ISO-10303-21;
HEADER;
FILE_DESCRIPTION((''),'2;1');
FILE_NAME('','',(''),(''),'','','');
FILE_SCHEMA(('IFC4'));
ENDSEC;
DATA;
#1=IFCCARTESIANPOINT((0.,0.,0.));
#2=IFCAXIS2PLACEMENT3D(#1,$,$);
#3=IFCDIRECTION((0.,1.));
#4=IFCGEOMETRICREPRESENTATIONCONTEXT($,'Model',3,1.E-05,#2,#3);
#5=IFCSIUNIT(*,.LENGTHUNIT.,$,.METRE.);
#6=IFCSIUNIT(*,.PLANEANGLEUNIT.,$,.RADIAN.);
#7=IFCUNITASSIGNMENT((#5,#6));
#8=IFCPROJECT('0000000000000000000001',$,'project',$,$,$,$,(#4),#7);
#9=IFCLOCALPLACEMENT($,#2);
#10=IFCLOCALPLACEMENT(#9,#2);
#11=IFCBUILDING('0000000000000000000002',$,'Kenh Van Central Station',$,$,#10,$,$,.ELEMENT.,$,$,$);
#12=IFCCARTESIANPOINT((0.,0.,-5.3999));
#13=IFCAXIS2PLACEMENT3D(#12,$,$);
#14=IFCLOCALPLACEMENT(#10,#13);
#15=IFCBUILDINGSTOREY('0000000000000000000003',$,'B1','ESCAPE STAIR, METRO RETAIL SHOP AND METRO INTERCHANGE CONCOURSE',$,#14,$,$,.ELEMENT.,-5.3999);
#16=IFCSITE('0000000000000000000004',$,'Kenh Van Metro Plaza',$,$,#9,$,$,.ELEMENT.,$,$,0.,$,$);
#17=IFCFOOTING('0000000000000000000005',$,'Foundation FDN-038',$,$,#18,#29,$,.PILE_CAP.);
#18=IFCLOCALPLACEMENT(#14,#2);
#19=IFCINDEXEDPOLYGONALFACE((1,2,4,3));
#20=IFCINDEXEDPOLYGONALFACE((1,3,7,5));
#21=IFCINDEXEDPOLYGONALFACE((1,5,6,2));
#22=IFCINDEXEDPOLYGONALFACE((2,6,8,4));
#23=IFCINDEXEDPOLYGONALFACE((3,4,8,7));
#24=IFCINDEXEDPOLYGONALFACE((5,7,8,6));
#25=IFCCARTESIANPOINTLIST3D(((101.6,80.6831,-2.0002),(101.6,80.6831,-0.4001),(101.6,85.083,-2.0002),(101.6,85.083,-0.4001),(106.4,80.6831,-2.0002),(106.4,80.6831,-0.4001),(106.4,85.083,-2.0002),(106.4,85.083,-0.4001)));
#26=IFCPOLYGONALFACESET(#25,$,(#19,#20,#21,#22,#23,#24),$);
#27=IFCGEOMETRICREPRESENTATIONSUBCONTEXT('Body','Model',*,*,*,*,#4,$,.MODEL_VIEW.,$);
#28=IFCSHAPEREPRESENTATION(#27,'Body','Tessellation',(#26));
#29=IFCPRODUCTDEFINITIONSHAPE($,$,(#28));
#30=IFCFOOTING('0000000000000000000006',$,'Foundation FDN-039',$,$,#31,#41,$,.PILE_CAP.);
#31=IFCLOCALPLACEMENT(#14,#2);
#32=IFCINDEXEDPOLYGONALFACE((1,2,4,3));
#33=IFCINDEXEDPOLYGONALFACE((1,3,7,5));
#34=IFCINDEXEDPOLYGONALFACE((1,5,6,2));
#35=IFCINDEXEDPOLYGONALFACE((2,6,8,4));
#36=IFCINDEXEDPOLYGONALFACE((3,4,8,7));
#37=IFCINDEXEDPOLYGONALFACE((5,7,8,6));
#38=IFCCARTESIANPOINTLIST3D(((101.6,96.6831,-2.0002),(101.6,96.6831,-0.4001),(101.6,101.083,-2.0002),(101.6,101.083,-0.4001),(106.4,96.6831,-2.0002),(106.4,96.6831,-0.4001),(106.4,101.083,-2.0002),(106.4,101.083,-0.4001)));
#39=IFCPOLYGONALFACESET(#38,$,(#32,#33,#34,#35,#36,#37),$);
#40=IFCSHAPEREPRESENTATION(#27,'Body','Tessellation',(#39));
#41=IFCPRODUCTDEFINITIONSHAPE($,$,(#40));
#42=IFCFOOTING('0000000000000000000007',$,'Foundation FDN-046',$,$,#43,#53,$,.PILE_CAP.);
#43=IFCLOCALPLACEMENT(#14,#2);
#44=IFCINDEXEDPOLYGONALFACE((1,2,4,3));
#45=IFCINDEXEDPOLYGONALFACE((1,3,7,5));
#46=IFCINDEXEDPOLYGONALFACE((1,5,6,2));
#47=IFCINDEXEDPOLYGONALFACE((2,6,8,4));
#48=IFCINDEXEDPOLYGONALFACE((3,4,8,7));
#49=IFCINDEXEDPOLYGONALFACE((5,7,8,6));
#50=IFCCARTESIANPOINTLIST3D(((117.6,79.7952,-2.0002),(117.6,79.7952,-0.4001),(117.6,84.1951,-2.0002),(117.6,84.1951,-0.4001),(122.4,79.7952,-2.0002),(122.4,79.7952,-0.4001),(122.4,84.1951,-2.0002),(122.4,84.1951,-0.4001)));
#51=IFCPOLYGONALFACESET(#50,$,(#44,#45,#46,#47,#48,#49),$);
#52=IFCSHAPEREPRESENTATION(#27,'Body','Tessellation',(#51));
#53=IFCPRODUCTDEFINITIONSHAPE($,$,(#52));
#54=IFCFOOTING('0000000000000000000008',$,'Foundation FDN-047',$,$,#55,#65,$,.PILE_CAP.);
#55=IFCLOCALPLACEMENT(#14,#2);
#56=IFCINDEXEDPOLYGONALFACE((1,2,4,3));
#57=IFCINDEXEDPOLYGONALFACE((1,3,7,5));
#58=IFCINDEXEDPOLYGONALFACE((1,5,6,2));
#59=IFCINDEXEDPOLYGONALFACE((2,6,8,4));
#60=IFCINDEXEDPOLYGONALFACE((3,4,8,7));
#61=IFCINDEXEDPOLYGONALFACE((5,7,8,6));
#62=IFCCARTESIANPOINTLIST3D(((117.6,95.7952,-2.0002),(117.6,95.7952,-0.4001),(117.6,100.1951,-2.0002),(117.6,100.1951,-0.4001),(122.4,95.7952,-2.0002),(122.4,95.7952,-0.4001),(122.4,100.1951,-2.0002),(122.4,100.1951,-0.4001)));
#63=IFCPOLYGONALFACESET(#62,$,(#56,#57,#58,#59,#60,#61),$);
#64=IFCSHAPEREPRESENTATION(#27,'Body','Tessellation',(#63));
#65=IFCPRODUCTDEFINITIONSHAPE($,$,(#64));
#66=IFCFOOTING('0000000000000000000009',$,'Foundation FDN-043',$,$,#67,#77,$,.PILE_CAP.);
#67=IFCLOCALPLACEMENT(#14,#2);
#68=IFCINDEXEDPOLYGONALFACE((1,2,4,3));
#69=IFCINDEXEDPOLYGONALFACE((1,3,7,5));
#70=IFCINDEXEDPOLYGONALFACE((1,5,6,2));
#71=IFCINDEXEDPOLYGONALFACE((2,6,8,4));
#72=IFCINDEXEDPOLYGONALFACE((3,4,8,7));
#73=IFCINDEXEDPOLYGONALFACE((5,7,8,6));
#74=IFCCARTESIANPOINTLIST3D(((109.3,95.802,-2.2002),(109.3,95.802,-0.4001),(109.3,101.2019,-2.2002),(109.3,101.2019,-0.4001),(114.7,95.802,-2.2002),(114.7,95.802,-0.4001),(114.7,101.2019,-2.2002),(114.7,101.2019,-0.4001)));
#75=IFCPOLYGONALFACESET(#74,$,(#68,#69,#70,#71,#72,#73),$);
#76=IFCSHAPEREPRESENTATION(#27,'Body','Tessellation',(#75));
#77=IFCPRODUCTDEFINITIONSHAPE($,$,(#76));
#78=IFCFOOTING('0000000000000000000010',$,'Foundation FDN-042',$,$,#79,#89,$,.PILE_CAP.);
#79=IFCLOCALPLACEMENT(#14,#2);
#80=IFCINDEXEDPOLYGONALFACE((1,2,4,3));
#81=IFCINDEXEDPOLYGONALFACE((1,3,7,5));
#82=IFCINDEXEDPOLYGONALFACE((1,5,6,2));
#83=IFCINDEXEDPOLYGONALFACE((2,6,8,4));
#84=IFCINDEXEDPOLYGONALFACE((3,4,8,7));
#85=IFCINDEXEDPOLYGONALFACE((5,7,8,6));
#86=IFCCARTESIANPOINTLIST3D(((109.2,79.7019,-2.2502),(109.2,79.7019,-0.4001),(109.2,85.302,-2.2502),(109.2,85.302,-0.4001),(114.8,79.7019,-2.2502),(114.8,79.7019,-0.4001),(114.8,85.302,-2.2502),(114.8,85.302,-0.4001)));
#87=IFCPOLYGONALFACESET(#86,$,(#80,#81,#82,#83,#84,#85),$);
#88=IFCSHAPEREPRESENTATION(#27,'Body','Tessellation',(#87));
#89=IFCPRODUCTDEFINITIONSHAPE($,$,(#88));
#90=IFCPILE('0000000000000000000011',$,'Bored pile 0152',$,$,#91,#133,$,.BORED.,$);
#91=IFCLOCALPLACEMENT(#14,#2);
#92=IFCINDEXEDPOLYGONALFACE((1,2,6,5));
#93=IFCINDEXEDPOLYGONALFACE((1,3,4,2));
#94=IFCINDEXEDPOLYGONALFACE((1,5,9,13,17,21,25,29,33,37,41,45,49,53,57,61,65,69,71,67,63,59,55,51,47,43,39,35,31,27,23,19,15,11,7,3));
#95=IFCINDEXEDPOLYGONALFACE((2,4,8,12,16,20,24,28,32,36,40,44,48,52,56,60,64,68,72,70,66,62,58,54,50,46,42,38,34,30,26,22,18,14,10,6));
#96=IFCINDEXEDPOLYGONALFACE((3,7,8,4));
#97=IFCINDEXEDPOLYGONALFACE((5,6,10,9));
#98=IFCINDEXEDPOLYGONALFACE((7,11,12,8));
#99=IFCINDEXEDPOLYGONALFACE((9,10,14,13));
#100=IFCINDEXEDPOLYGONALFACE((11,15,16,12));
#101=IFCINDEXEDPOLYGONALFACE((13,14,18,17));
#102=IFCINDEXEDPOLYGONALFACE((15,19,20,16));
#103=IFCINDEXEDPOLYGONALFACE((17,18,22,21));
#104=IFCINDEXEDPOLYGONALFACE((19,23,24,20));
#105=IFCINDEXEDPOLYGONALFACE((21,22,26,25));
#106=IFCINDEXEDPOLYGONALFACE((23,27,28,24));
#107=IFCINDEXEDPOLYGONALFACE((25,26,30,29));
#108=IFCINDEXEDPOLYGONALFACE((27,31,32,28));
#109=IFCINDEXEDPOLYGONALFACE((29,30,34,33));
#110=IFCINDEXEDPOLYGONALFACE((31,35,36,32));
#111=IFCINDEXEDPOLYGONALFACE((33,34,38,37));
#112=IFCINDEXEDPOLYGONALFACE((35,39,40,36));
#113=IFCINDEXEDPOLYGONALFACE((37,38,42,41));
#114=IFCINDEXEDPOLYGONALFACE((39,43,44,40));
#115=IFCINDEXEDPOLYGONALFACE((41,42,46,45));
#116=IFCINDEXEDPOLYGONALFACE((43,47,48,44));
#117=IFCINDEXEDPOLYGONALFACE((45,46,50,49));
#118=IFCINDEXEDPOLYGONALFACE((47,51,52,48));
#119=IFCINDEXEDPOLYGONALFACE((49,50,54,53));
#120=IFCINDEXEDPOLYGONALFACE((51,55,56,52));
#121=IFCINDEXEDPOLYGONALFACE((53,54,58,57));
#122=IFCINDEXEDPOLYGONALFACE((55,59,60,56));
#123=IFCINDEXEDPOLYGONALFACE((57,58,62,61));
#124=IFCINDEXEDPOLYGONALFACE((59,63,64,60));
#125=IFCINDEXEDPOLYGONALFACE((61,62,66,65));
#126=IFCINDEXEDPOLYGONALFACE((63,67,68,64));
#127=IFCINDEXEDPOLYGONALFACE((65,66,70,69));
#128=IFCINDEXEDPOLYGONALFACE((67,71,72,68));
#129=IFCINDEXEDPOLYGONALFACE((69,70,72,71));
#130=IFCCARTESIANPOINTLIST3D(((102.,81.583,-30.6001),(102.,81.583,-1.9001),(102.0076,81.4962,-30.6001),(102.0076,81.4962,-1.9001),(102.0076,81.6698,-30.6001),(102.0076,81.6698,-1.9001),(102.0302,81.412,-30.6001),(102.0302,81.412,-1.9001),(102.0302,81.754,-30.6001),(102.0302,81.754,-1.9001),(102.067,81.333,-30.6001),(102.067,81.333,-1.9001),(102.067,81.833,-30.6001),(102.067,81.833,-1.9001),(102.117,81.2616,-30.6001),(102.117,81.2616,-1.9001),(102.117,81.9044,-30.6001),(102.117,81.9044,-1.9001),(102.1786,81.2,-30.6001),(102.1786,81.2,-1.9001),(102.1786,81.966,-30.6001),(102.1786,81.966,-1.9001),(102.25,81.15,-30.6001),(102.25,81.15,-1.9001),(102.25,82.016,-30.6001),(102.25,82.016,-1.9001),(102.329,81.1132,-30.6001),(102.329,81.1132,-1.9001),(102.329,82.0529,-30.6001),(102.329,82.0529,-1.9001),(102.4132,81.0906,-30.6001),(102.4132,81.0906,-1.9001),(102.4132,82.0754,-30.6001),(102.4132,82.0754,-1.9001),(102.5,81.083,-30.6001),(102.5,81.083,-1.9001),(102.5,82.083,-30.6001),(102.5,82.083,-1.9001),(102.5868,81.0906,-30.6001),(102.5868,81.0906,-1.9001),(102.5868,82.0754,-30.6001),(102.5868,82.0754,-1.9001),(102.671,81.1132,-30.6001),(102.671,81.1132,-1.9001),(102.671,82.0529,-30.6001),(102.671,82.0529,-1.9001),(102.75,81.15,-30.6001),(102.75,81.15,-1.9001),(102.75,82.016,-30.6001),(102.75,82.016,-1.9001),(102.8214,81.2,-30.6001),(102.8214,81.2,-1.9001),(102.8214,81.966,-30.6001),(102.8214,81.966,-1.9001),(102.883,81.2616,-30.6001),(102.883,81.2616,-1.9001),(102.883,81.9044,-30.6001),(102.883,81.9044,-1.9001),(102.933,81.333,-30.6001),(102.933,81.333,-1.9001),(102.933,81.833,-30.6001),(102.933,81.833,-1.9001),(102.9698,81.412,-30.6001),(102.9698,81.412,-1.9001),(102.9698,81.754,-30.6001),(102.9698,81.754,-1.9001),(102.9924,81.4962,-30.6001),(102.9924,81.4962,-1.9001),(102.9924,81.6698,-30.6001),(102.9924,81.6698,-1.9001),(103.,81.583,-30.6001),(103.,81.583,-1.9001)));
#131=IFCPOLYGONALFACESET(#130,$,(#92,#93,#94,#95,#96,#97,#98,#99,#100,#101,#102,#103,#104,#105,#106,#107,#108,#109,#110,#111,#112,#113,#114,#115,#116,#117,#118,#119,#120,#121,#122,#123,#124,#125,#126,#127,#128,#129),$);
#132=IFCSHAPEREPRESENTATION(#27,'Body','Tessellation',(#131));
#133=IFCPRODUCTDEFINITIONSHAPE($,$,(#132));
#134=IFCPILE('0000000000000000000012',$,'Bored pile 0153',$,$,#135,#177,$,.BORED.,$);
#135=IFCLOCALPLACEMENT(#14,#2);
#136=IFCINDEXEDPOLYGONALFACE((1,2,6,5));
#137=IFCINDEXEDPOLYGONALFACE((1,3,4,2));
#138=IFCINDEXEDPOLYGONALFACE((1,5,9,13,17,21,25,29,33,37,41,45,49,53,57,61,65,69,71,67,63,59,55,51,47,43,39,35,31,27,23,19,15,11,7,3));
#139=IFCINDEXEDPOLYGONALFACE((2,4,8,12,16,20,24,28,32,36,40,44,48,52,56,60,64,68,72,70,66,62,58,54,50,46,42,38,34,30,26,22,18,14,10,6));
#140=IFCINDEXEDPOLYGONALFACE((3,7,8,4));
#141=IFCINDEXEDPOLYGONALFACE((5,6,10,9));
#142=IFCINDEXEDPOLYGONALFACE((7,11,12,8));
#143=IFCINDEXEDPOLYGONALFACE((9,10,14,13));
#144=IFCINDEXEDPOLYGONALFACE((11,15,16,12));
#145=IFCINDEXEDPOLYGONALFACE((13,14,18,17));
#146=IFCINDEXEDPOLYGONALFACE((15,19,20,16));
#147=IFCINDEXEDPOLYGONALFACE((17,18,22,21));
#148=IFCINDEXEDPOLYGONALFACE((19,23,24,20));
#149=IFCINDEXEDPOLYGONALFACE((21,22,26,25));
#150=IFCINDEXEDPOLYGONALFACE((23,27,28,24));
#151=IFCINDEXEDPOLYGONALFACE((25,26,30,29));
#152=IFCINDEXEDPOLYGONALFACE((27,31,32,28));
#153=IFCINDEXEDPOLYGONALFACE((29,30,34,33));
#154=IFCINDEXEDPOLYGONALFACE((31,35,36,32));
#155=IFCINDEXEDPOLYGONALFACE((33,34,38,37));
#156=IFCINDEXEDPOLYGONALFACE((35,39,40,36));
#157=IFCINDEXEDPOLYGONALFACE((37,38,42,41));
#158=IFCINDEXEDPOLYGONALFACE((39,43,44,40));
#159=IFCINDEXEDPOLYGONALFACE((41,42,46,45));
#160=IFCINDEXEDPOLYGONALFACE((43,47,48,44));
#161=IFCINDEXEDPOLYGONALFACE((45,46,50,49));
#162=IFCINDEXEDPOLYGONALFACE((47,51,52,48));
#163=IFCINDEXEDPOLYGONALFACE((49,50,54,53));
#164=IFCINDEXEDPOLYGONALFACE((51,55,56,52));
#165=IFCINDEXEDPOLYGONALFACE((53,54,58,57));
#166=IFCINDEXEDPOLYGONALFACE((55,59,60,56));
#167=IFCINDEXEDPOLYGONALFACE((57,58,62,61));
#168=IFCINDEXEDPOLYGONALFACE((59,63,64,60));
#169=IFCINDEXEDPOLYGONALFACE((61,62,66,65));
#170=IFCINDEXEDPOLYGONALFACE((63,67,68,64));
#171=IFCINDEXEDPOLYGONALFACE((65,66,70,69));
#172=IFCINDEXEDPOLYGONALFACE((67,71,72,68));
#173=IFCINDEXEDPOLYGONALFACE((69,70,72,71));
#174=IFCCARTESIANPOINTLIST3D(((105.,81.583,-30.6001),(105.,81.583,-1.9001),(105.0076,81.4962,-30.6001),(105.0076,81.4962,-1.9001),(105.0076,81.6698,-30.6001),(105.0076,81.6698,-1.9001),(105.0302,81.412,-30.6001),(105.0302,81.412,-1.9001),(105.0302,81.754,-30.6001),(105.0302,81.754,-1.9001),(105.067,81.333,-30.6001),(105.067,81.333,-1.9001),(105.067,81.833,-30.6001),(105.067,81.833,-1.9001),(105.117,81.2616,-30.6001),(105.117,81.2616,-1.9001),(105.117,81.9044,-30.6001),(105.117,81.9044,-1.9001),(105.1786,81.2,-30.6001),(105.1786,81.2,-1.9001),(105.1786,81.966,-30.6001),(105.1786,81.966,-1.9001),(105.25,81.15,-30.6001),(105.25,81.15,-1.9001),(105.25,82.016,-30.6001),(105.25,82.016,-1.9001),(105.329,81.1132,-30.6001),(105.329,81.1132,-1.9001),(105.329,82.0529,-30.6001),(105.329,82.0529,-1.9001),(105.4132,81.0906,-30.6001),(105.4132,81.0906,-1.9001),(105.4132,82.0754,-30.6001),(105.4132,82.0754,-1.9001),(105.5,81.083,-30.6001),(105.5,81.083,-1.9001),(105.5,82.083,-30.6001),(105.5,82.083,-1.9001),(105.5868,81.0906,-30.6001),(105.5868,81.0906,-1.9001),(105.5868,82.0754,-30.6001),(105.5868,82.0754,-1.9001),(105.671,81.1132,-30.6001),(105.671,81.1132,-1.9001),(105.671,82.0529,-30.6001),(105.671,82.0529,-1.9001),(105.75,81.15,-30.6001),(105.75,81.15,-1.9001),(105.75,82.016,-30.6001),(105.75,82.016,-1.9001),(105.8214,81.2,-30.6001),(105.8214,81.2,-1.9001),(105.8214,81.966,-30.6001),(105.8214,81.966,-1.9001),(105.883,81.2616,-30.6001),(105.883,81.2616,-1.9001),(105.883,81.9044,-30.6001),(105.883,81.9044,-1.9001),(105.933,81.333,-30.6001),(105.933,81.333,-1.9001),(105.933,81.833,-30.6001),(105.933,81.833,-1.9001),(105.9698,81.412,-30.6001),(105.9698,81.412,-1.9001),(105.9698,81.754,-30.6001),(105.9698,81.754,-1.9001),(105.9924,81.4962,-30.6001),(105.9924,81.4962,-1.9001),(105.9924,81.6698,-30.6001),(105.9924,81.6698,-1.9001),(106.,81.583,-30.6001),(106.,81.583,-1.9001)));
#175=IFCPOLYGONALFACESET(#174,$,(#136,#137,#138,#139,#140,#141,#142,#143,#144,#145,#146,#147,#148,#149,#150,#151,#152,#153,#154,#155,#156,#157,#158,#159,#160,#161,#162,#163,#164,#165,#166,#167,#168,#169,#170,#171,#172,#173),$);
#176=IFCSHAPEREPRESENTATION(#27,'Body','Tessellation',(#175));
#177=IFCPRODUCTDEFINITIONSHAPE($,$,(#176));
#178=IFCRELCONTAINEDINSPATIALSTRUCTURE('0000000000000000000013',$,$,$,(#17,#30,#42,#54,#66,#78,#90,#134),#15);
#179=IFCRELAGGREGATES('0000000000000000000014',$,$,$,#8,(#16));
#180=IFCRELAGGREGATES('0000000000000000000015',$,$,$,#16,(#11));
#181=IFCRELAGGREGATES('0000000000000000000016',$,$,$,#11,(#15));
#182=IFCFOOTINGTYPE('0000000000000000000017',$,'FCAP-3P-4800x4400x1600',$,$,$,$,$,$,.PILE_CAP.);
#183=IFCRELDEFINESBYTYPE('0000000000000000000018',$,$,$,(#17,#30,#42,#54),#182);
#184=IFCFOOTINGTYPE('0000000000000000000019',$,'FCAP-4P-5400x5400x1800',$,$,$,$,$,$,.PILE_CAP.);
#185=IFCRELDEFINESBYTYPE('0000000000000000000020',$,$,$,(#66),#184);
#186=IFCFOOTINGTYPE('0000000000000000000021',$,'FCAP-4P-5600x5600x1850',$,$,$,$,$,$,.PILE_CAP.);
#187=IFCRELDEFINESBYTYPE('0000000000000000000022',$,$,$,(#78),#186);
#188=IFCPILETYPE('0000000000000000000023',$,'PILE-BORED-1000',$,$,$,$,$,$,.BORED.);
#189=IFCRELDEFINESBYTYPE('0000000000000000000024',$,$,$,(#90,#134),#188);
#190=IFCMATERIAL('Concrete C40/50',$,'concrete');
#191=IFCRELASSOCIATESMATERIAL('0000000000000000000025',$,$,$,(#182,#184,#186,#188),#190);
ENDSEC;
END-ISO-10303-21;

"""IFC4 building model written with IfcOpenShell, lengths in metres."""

from ifc_helpers import new_model, si_unit, direction, frame, origin, origin_2d, place, context, subcontext, project, spatial, rectangle, circle, extrude, material, material_profile, profile_set, type_object, element, save


model = new_model("IFC4")

# Units and contexts
model_context = context("Model", 3, precision=1e-05, world=origin(), true_north=direction((0.0, 1.0)))
body_context = subcontext(model_context, "Body", "Model", "MODEL_VIEW")
ifc_project = project(units=[si_unit("LENGTHUNIT", "METRE"), si_unit("PLANEANGLEUNIT", "RADIAN")], contexts=[model_context])

# Site, building, storey
site_placement = place(None, origin())
site = spatial("IfcSite", under=ifc_project, at=site_placement, Name="Kenh Van Metro Plaza", CompositionType="ELEMENT", RefElevation=0.0)
building_placement = place(site_placement, origin())
building = spatial("IfcBuilding", under=site, at=building_placement, Name="Kenh Van Central Station", CompositionType="ELEMENT")
storey_placement = place(building_placement, frame((0.0, 0.0, -5.3999)))
storey = spatial("IfcBuildingStorey", under=building, at=storey_placement, Name="B1", Description="ESCAPE STAIR, METRO RETAIL SHOP AND METRO INTERCHANGE CONCOURSE", CompositionType="ELEMENT", Elevation=-5.3999)

# Footings
ifc_material = material(Name="Concrete C40/50", Category="concrete")
footing_type_1 = type_object("IfcFootingType", Name="FCAP-3P-4800x4400x1600", PredefinedType="PILE_CAP", material=ifc_material)
for number, where, z_axis, x_axis, name in (
    (1, (104.0, 82.8831, -2.0002), (0.0, 0.0, 1.0), (1.0, 0.0, 0.0), "Foundation FDN-038"),
    (2, (104.0, 98.8831, -2.0002), (0.0, 0.0, 1.0), (1.0, 0.0, 0.0), "Foundation FDN-039"),
    (3, (120.0, 81.9951, -2.0002), (0.0, 0.0, 1.0), (1.0, 0.0, 0.0), "Foundation FDN-046"),
    (4, (120.0, 97.9951, -2.0002), (0.0, 0.0, 1.0), (1.0, 0.0, 0.0), "Foundation FDN-047"),
):
    element("IfcFooting", number, at=place(storey_placement, frame(where, z_axis=z_axis, x_axis=x_axis)), inside=storey, type_object=footing_type_1, Name=name, PredefinedType="PILE_CAP", context=body_context, shape_type="SweptSolid", body=[
        extrude(rectangle(XDim=4.8, YDim=4.3999, at=origin_2d()), origin(), (0.0, 0.0, 1.0), 1.6001),
    ])
footing_type_2 = type_object("IfcFootingType", Name="FCAP-4P-5400x5400x1800", PredefinedType="PILE_CAP", material=ifc_material)
footing_1_placement = place(storey_placement, frame((112.0, 98.502, -2.2002), z_axis=(0.0, 0.0, 1.0), x_axis=(1.0, 0.0, 0.0)))
element("IfcFooting", 5, at=footing_1_placement, inside=storey, type_object=footing_type_2, Name="Foundation FDN-043", PredefinedType="PILE_CAP", context=body_context, shape_type="SweptSolid", body=[
    extrude(rectangle(XDim=5.3999, YDim=5.3999, at=origin_2d()), origin(), (0.0, 0.0, 1.0), 1.8),
])
footing_type_3 = type_object("IfcFootingType", Name="FCAP-4P-5600x5600x1850", PredefinedType="PILE_CAP", material=ifc_material)
footing_2_placement = place(storey_placement, frame((112.0, 82.502, -2.2502), z_axis=(0.0, 0.0, 1.0), x_axis=(1.0, 0.0, 0.0)))
element("IfcFooting", 6, at=footing_2_placement, inside=storey, type_object=footing_type_3, Name="Foundation FDN-042", PredefinedType="PILE_CAP", context=body_context, shape_type="SweptSolid", body=[
    extrude(rectangle(XDim=5.6001, YDim=5.6001, at=origin_2d()), origin(), (0.0, 0.0, 1.0), 1.8501),
])

# Piles
ifc_material_profile_1 = material_profile(ifc_material, circle(Radius=0.5, at=origin_2d()), Name="PILE D1000")
ifc_profile_set_1 = profile_set([ifc_material_profile_1], Name="Concrete C40/50")
pile_type_1 = type_object("IfcPileType", Name="PILE-BORED-1000", PredefinedType="BORED", material=ifc_profile_set_1)
for number, where, z_axis, x_axis, name in (
    (7, (102.5, 81.583, -1.9001), (0.0, 0.0, -1.0), (1.0, 0.0, 0.0), "Bored pile 0152"),
    (8, (105.5, 81.583, -1.9001), (0.0, 0.0, -1.0), (1.0, 0.0, 0.0), "Bored pile 0153"),
):
    element("IfcPile", number, at=place(storey_placement, frame(where, z_axis=z_axis, x_axis=x_axis)), inside=storey, type_object=pile_type_1, Name=name, PredefinedType="BORED", context=body_context, shape_type="SweptSolid", body=[
        extrude(circle(Radius=0.5, at=origin_2d()), origin(), (0.0, 0.0, 1.0), 28.7),
    ])

save(model, "model.ifc")
